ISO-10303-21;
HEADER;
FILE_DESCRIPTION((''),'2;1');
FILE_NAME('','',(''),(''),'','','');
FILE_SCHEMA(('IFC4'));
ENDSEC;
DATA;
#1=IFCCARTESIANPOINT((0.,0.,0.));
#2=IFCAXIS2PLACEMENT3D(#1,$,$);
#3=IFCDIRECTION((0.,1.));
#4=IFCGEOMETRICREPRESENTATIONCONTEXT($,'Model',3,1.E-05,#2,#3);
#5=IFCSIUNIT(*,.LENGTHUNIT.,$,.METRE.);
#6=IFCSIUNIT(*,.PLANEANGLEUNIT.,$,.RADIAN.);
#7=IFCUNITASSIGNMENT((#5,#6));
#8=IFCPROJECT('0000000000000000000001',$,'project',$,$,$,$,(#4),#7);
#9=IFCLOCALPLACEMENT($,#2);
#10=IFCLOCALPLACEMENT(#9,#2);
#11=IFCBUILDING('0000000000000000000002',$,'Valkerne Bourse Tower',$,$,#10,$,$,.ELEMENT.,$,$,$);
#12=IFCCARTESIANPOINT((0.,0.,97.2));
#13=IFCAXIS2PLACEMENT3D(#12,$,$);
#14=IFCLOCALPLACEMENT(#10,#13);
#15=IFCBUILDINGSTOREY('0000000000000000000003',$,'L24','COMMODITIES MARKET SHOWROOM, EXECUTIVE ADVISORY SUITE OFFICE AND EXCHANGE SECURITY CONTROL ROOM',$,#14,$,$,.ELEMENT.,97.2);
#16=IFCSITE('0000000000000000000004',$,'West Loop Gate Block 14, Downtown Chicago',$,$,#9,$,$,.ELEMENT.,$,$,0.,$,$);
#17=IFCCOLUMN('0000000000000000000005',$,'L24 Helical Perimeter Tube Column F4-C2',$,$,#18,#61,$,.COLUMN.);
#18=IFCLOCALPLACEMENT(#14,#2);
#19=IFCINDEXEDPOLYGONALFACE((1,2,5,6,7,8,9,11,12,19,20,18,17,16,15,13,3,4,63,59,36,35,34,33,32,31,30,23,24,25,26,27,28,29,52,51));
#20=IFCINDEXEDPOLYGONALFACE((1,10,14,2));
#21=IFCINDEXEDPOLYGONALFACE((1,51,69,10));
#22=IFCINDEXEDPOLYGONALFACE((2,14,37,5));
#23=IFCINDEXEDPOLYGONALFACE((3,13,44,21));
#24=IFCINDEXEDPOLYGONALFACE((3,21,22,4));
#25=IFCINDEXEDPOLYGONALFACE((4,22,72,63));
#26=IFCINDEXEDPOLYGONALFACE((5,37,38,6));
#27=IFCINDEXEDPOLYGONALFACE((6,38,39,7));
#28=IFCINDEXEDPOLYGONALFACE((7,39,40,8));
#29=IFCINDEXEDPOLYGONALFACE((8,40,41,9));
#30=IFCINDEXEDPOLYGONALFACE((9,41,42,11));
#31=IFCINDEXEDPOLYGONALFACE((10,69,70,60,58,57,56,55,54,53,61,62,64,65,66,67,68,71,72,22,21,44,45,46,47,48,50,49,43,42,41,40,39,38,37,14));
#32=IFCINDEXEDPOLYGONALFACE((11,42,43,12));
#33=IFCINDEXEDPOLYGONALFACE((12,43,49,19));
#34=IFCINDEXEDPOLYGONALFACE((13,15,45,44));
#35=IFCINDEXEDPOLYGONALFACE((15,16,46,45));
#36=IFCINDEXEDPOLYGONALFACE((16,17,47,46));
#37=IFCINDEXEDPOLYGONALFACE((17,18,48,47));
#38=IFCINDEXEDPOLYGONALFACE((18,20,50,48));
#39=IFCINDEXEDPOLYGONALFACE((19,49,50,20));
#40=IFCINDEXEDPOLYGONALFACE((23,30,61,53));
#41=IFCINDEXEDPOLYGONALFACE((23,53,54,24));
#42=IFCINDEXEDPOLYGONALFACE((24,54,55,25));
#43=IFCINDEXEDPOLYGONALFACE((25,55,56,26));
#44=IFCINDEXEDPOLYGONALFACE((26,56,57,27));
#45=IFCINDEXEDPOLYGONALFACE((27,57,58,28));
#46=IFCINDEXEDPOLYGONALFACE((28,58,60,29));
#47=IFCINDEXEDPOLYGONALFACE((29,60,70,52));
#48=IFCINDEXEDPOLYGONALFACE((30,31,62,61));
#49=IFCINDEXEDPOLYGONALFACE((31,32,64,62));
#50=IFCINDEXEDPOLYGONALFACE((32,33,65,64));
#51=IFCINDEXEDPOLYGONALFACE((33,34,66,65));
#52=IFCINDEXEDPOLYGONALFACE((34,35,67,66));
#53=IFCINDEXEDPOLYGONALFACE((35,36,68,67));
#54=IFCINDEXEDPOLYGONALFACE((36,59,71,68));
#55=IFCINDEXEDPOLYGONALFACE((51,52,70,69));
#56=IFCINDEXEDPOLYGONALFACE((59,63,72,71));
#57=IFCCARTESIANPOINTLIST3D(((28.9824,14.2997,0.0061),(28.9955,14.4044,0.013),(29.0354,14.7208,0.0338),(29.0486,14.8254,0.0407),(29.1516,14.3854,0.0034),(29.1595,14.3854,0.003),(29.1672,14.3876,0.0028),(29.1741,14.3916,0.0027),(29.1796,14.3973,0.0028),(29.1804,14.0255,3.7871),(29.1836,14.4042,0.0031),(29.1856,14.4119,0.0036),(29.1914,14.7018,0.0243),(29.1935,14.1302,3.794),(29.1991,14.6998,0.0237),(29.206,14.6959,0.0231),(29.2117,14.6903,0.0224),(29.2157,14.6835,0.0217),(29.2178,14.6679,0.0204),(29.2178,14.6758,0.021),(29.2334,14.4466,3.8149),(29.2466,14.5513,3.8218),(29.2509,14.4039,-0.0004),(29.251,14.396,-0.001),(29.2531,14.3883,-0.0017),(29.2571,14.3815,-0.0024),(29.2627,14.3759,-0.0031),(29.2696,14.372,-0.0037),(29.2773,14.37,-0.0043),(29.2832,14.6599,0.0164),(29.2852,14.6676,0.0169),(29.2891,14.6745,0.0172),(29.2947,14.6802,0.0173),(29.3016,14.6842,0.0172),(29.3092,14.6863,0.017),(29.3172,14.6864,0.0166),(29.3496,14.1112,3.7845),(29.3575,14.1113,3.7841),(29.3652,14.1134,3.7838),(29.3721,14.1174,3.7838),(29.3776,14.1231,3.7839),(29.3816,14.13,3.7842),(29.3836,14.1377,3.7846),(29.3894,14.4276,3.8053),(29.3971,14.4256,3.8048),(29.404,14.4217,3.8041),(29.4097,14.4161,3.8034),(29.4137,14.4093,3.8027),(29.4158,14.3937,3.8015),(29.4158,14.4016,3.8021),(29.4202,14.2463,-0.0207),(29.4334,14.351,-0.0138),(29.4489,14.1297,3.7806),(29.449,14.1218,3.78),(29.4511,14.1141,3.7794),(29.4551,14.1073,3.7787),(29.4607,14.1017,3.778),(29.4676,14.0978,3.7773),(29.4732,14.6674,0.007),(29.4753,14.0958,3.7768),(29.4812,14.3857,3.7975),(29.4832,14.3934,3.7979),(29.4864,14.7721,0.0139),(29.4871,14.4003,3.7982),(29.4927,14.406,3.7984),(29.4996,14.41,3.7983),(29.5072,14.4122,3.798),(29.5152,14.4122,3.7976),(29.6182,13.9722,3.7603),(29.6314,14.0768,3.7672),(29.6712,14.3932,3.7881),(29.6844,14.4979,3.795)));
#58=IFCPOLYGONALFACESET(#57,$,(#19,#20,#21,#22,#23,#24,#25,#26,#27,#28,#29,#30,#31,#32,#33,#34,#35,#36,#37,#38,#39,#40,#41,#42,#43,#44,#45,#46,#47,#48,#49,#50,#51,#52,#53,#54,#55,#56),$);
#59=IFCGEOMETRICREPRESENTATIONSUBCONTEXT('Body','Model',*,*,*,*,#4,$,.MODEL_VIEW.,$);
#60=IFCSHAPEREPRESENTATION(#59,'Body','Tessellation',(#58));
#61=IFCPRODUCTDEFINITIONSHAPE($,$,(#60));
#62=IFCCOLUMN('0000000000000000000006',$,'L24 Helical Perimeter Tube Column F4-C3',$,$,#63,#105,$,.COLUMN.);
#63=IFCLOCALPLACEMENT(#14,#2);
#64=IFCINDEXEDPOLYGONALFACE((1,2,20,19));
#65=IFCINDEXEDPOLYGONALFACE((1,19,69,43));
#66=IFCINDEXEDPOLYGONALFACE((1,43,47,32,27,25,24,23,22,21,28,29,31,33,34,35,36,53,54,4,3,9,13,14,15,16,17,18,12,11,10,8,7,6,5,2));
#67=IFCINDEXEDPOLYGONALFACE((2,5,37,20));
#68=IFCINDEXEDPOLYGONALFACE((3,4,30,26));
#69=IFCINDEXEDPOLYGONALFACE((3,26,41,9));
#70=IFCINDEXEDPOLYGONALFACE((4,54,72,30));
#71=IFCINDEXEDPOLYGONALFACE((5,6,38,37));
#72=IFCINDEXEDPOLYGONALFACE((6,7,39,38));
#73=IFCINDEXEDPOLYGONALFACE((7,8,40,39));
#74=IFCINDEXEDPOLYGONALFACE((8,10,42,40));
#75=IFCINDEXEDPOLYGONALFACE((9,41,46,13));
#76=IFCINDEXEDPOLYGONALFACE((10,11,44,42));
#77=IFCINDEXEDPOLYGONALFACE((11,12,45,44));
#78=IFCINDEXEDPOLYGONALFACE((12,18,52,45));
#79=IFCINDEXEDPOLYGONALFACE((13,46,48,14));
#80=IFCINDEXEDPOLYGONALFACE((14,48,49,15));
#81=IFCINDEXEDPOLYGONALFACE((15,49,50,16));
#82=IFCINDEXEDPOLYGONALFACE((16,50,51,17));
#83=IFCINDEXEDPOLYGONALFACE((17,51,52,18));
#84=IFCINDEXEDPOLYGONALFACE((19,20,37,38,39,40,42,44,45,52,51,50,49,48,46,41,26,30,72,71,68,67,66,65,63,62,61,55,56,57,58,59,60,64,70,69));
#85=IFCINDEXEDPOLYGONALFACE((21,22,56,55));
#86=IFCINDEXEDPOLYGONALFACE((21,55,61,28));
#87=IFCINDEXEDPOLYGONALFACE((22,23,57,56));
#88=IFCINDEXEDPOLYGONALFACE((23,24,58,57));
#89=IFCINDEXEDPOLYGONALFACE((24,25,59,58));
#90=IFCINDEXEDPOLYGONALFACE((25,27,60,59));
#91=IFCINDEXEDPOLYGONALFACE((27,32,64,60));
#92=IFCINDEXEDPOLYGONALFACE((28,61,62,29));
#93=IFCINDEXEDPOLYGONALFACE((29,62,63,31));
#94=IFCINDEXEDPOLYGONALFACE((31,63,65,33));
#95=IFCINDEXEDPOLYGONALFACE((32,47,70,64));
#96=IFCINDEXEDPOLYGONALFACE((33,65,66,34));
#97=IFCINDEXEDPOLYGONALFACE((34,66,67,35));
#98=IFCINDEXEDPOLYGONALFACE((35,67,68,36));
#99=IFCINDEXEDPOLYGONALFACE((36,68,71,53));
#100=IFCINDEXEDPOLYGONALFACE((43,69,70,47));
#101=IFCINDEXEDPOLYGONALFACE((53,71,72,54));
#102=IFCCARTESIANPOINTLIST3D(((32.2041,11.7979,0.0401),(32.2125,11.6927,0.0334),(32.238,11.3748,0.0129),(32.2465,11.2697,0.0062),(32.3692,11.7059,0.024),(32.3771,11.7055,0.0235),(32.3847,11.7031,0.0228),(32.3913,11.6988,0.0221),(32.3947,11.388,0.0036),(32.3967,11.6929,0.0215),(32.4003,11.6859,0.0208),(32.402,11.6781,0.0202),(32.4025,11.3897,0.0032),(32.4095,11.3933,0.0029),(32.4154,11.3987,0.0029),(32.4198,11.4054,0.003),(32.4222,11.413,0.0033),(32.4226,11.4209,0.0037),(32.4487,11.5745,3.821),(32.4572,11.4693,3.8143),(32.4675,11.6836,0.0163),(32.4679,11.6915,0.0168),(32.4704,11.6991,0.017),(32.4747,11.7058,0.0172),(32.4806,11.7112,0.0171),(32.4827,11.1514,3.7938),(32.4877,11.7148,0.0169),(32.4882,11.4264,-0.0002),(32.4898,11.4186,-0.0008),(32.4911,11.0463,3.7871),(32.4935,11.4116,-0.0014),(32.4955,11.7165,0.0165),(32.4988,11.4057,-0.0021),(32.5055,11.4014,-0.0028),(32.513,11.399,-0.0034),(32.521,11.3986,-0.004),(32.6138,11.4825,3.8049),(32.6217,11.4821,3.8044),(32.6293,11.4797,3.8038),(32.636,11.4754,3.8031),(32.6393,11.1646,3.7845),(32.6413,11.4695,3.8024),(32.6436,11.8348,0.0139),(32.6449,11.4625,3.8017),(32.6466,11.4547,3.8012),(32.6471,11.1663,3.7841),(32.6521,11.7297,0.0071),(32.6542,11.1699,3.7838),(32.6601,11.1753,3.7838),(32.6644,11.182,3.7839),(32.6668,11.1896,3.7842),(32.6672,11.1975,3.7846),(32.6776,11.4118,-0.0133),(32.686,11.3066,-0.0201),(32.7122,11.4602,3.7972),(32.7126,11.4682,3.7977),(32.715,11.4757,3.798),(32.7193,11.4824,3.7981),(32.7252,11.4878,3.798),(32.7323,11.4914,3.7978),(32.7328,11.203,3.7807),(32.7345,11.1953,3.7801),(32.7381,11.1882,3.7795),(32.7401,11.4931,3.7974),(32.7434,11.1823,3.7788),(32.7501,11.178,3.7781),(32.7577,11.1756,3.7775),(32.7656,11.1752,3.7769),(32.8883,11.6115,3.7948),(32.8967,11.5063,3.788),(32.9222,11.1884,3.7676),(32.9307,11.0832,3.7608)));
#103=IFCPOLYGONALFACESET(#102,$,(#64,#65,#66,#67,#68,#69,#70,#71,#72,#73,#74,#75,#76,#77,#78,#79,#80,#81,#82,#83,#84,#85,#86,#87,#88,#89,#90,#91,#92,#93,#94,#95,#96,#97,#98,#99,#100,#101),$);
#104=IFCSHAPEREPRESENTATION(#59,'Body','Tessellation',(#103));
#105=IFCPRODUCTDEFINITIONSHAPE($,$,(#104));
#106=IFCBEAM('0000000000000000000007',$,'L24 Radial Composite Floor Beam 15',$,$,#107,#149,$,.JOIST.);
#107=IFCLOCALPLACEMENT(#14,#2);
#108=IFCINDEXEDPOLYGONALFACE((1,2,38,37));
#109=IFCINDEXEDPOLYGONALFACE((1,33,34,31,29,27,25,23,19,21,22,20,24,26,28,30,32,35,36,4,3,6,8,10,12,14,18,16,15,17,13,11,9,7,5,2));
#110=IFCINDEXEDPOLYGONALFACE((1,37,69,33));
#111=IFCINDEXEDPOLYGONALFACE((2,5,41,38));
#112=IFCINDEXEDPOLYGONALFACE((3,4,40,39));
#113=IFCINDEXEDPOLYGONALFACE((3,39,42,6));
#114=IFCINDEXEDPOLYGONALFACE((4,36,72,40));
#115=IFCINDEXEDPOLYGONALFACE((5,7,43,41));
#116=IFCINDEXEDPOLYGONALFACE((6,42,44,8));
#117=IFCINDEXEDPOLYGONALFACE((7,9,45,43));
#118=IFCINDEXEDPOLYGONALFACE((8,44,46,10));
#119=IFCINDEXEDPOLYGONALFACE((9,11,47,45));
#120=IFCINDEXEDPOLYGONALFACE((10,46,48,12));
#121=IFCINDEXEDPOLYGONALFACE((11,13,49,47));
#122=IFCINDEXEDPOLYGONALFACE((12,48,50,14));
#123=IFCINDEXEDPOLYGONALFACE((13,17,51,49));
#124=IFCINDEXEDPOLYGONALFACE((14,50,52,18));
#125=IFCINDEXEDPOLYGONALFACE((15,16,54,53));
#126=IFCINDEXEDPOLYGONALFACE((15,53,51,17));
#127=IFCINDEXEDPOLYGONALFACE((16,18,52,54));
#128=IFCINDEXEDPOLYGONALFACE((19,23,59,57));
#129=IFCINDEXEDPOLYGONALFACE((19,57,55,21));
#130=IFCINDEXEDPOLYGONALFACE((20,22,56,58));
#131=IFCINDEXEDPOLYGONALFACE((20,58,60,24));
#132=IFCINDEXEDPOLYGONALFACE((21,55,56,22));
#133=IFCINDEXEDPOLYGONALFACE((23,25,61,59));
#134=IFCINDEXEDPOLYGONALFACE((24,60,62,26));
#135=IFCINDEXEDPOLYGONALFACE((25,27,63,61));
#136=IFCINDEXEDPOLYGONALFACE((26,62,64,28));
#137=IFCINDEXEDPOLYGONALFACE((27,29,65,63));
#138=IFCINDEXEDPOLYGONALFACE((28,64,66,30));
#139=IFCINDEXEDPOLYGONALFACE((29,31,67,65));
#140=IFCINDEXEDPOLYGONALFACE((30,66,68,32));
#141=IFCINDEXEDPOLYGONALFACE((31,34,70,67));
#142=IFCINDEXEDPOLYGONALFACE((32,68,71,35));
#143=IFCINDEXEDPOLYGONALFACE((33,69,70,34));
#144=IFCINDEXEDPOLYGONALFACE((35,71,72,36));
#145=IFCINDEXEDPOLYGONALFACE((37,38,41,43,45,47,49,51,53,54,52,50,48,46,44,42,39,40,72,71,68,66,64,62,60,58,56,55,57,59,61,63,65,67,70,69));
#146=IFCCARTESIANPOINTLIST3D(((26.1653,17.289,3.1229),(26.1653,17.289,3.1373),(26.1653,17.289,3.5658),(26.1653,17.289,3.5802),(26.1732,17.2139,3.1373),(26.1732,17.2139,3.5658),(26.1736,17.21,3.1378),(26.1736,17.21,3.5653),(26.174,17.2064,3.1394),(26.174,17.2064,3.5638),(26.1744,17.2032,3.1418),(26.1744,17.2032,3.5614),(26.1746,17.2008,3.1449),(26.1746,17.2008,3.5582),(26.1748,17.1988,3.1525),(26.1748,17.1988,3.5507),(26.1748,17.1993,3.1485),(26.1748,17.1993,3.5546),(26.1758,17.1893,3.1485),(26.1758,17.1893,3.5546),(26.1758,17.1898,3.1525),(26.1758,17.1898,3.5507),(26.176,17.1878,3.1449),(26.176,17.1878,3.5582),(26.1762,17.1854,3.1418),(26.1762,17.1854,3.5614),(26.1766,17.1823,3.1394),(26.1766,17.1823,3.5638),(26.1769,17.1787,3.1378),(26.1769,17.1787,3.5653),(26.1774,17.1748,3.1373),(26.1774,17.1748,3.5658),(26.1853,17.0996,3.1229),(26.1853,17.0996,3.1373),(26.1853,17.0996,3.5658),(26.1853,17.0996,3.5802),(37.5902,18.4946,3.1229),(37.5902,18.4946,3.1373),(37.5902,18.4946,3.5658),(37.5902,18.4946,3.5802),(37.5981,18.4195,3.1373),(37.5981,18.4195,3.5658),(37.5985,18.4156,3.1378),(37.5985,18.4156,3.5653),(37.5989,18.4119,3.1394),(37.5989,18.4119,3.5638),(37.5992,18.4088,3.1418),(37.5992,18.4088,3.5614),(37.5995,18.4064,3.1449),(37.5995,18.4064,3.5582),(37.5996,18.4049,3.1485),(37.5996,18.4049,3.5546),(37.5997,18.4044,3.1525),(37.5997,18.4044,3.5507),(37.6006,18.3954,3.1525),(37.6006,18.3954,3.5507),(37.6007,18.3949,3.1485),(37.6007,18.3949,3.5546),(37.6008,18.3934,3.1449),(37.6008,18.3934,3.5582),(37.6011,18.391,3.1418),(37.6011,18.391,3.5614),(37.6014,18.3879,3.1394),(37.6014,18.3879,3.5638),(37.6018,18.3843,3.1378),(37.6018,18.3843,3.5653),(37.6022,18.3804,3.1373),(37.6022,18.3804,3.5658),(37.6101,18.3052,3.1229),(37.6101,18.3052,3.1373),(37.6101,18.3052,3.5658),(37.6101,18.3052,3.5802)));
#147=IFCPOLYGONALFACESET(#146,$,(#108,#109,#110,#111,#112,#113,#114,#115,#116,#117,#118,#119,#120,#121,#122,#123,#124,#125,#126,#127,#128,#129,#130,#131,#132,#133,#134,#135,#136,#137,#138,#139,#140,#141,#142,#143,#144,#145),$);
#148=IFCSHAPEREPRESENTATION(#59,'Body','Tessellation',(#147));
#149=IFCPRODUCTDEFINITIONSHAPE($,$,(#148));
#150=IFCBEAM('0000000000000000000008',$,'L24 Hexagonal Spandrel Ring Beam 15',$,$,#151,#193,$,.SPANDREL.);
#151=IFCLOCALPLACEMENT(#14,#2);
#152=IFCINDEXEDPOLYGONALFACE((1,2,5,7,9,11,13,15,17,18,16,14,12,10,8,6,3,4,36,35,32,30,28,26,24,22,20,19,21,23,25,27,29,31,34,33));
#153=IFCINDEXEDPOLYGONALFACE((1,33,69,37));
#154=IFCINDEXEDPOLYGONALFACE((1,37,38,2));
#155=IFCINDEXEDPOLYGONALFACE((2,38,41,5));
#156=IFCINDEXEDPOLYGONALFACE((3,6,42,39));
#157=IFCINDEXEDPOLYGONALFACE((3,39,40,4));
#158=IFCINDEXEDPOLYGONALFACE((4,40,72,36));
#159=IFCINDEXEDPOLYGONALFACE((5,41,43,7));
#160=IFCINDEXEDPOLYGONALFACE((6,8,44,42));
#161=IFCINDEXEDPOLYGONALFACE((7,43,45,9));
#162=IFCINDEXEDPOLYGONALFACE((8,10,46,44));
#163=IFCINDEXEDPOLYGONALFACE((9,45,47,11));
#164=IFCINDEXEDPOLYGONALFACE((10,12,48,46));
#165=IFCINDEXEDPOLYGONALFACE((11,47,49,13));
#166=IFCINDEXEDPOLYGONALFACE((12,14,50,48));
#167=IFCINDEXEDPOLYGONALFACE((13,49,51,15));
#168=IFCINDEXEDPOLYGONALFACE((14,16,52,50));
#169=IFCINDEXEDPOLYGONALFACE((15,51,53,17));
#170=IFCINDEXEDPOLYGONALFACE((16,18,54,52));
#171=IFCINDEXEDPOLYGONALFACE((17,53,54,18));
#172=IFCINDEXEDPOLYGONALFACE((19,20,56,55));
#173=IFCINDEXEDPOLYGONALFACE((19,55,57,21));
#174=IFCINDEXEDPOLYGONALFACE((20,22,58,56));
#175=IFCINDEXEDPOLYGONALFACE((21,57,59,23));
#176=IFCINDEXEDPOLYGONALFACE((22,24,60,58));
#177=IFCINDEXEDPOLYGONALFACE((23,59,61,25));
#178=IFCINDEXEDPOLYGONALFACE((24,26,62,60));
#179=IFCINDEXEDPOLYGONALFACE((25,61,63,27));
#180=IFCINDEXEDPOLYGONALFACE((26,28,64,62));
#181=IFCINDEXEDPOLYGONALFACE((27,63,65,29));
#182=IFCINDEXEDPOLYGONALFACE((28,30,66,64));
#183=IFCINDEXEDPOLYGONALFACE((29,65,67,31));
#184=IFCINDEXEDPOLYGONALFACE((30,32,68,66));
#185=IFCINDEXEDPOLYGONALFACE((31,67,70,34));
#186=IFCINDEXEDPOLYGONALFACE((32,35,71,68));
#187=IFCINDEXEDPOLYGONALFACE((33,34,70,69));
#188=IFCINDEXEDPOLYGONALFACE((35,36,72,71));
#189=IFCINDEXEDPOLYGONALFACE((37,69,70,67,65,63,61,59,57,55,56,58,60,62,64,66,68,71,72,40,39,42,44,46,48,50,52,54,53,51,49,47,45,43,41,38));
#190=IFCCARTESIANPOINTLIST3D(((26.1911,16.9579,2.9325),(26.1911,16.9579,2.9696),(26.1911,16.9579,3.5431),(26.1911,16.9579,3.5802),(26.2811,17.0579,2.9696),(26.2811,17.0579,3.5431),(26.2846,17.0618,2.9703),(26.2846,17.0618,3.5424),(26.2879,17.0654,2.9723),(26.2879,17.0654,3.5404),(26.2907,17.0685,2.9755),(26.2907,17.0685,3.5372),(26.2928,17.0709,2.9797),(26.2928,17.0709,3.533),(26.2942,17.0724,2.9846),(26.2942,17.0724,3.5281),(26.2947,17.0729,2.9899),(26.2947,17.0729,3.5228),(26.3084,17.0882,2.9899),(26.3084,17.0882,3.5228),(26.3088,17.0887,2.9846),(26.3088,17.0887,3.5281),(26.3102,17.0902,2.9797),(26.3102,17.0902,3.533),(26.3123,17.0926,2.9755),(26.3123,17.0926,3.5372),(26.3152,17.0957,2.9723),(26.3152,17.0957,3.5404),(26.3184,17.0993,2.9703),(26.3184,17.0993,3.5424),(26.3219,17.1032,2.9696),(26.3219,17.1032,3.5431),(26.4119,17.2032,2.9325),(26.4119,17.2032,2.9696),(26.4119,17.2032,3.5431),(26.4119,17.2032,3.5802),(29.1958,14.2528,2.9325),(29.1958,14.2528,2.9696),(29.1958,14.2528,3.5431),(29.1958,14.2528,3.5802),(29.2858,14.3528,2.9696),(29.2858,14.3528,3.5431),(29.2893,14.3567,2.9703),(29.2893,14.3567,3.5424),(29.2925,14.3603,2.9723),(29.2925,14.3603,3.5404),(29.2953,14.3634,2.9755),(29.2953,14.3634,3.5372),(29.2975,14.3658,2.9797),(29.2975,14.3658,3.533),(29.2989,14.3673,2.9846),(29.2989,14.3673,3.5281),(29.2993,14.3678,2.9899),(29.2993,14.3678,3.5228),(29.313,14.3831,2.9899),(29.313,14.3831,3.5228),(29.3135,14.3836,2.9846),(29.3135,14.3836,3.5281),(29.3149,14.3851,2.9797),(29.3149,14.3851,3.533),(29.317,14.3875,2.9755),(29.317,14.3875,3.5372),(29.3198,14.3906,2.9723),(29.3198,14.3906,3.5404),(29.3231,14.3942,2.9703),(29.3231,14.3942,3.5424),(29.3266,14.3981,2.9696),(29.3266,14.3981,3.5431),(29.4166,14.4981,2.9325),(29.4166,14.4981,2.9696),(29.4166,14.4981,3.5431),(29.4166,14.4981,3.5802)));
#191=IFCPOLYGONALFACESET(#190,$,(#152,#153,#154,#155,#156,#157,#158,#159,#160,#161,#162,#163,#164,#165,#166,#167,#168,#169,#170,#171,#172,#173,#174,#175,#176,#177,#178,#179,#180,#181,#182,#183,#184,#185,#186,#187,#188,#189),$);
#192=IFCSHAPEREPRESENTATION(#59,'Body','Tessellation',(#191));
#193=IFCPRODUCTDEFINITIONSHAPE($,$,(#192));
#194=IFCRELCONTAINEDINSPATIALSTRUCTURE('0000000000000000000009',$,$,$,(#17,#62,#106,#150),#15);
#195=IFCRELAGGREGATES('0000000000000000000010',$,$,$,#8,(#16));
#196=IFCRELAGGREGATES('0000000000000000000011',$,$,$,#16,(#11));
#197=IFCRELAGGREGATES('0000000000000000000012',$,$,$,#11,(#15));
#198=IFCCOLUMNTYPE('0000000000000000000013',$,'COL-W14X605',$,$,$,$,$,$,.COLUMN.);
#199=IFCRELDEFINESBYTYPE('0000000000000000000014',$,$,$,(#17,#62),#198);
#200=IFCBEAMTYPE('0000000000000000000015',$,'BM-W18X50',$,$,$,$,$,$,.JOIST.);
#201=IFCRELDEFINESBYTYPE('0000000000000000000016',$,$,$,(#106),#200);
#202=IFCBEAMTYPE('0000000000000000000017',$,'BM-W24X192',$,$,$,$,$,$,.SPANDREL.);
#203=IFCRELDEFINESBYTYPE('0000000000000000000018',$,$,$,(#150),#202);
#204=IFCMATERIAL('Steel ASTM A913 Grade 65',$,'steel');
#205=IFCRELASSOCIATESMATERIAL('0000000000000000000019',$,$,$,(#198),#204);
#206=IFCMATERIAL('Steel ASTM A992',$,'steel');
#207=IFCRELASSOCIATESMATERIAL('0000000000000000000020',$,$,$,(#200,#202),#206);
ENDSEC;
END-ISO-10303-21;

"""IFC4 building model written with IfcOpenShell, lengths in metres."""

from ifc_helpers import new_model, si_unit, direction, frame, origin, origin_2d, place, context, subcontext, project, spatial, i_section, extrude, material, material_profile, profile_set, type_object, element, save


model = new_model("IFC4")

# Units and contexts
model_context = context("Model", 3, precision=1e-05, world=origin(), true_north=direction((0.0, 1.0)))
body_context = subcontext(model_context, "Body", "Model", "MODEL_VIEW")
ifc_project = project(units=[si_unit("LENGTHUNIT", "METRE"), si_unit("PLANEANGLEUNIT", "RADIAN")], contexts=[model_context])

# Site, building, storey
site_placement = place(None, origin())
site = spatial("IfcSite", under=ifc_project, at=site_placement, Name="West Loop Gate Block 14, Downtown Chicago", CompositionType="ELEMENT", RefElevation=0.0)
building_placement = place(site_placement, origin())
building = spatial("IfcBuilding", under=site, at=building_placement, Name="Valkerne Bourse Tower", CompositionType="ELEMENT")
storey_placement = place(building_placement, frame((0.0, 0.0, 97.2)))
storey = spatial("IfcBuildingStorey", under=building, at=storey_placement, Name="L24", Description="COMMODITIES MARKET SHOWROOM, EXECUTIVE ADVISORY SUITE OFFICE AND EXCHANGE SECURITY CONTROL ROOM", CompositionType="ELEMENT", Elevation=97.2)

# Columns
ifc_material_1 = material(Name="Steel ASTM A913 Grade 65", Category="steel")
ifc_material_profile_1 = material_profile(ifc_material_1, i_section(OverallWidth=0.4419, OverallDepth=0.531, WebThickness=0.0659, FlangeThickness=0.1057, FilletRadius=0.0305, at=origin_2d()), Name="W14X605")
ifc_profile_set_1 = profile_set([ifc_material_profile_1], Name="Steel ASTM A913 Grade 65")
column_type = type_object("IfcColumnType", Name="COL-W14X605", PredefinedType="COLUMN", material=ifc_profile_set_1)
column_1_placement = place(storey_placement, frame((29.2344, 14.5359, 0.01), z_axis=(0.052158, -0.072224, 0.996024), x_axis=(0.990824, -0.120787, -0.060645)))
element("IfcColumn", 1, at=column_1_placement, inside=storey, type_object=column_type, Name="L24 Helical Perimeter Tube Column F4-C2", PredefinedType="COLUMN", context=body_context, shape_type="SweptSolid", body=[
    extrude(i_section(OverallWidth=0.4419, OverallDepth=0.531, WebThickness=0.0659, FlangeThickness=0.1057, FilletRadius=0.0305, at=origin_2d()), origin(), (0.0, 0.0, 1.0), 3.7961),
])
column_2_placement = place(storey_placement, frame((32.4451, 11.5522, 0.01), z_axis=(0.064453, -0.058856, 0.996184), x_axis=(0.994721, 0.083664, -0.059415)))
element("IfcColumn", 2, at=column_2_placement, inside=storey, type_object=column_type, Name="L24 Helical Perimeter Tube Column F4-C3", PredefinedType="COLUMN", context=body_context, shape_type="SweptSolid", body=[
    extrude(i_section(OverallWidth=0.4419, OverallDepth=0.531, WebThickness=0.0659, FlangeThickness=0.1057, FilletRadius=0.0305, at=origin_2d()), origin(), (0.0, 0.0, 1.0), 3.7954),
])

# Beams
ifc_material_2 = material(Name="Steel ASTM A992", Category="steel")
ifc_material_profile_2 = material_profile(ifc_material_2, i_section(OverallWidth=0.1904, OverallDepth=0.4573, WebThickness=0.009, FlangeThickness=0.0144, FilletRadius=0.0151, at=origin_2d()), Name="W18X50")
ifc_profile_set_2 = profile_set([ifc_material_profile_2], Name="Steel ASTM A992")
beam_type_1 = type_object("IfcBeamType", Name="BM-W18X50", PredefinedType="JOIST", material=ifc_profile_set_2)
beam_1_placement = place(storey_placement, frame((26.1753, 17.1943, 3.3516), z_axis=(0.994479, 0.104939, 0.0), x_axis=(-0.104939, 0.994479, 0.0)))
element("IfcBeam", 3, at=beam_1_placement, inside=storey, type_object=beam_type_1, Name="L24 Radial Composite Floor Beam 15", PredefinedType="JOIST", context=body_context, shape_type="SweptSolid", body=[
    extrude(i_section(OverallWidth=0.1904, OverallDepth=0.4573, WebThickness=0.009, FlangeThickness=0.0144, FilletRadius=0.0151, at=origin_2d()), origin(), (0.0, 0.0, 1.0), 11.4883),
])
ifc_material_profile_3 = material_profile(ifc_material_2, i_section(OverallWidth=0.3301, OverallDepth=0.6477, WebThickness=0.0205, FlangeThickness=0.0371, FilletRadius=0.0203, at=origin_2d()), Name="W24X192")
ifc_profile_set_3 = profile_set([ifc_material_profile_3], Name="Steel ASTM A992")
beam_type_2 = type_object("IfcBeamType", Name="BM-W24X192", PredefinedType="SPANDREL", material=ifc_profile_set_3)
for number, where, z_axis, x_axis, name in (
    (4, (26.3015, 17.0806, 3.2563), (0.743183, -0.669088, 0.0), (0.669088, 0.743183, 0.0), "L24 Hexagonal Spandrel Ring Beam 15"),
):
    element("IfcBeam", number, at=place(storey_placement, frame(where, z_axis=z_axis, x_axis=x_axis)), inside=storey, type_object=beam_type_2, Name=name, PredefinedType="SPANDREL", context=body_context, shape_type="SweptSolid", body=[
        extrude(i_section(OverallWidth=0.3301, OverallDepth=0.6477, WebThickness=0.0205, FlangeThickness=0.0371, FilletRadius=0.0203, at=origin_2d()), origin(), (0.0, 0.0, 1.0), 4.043),
    ])

save(model, "model.ifc")
